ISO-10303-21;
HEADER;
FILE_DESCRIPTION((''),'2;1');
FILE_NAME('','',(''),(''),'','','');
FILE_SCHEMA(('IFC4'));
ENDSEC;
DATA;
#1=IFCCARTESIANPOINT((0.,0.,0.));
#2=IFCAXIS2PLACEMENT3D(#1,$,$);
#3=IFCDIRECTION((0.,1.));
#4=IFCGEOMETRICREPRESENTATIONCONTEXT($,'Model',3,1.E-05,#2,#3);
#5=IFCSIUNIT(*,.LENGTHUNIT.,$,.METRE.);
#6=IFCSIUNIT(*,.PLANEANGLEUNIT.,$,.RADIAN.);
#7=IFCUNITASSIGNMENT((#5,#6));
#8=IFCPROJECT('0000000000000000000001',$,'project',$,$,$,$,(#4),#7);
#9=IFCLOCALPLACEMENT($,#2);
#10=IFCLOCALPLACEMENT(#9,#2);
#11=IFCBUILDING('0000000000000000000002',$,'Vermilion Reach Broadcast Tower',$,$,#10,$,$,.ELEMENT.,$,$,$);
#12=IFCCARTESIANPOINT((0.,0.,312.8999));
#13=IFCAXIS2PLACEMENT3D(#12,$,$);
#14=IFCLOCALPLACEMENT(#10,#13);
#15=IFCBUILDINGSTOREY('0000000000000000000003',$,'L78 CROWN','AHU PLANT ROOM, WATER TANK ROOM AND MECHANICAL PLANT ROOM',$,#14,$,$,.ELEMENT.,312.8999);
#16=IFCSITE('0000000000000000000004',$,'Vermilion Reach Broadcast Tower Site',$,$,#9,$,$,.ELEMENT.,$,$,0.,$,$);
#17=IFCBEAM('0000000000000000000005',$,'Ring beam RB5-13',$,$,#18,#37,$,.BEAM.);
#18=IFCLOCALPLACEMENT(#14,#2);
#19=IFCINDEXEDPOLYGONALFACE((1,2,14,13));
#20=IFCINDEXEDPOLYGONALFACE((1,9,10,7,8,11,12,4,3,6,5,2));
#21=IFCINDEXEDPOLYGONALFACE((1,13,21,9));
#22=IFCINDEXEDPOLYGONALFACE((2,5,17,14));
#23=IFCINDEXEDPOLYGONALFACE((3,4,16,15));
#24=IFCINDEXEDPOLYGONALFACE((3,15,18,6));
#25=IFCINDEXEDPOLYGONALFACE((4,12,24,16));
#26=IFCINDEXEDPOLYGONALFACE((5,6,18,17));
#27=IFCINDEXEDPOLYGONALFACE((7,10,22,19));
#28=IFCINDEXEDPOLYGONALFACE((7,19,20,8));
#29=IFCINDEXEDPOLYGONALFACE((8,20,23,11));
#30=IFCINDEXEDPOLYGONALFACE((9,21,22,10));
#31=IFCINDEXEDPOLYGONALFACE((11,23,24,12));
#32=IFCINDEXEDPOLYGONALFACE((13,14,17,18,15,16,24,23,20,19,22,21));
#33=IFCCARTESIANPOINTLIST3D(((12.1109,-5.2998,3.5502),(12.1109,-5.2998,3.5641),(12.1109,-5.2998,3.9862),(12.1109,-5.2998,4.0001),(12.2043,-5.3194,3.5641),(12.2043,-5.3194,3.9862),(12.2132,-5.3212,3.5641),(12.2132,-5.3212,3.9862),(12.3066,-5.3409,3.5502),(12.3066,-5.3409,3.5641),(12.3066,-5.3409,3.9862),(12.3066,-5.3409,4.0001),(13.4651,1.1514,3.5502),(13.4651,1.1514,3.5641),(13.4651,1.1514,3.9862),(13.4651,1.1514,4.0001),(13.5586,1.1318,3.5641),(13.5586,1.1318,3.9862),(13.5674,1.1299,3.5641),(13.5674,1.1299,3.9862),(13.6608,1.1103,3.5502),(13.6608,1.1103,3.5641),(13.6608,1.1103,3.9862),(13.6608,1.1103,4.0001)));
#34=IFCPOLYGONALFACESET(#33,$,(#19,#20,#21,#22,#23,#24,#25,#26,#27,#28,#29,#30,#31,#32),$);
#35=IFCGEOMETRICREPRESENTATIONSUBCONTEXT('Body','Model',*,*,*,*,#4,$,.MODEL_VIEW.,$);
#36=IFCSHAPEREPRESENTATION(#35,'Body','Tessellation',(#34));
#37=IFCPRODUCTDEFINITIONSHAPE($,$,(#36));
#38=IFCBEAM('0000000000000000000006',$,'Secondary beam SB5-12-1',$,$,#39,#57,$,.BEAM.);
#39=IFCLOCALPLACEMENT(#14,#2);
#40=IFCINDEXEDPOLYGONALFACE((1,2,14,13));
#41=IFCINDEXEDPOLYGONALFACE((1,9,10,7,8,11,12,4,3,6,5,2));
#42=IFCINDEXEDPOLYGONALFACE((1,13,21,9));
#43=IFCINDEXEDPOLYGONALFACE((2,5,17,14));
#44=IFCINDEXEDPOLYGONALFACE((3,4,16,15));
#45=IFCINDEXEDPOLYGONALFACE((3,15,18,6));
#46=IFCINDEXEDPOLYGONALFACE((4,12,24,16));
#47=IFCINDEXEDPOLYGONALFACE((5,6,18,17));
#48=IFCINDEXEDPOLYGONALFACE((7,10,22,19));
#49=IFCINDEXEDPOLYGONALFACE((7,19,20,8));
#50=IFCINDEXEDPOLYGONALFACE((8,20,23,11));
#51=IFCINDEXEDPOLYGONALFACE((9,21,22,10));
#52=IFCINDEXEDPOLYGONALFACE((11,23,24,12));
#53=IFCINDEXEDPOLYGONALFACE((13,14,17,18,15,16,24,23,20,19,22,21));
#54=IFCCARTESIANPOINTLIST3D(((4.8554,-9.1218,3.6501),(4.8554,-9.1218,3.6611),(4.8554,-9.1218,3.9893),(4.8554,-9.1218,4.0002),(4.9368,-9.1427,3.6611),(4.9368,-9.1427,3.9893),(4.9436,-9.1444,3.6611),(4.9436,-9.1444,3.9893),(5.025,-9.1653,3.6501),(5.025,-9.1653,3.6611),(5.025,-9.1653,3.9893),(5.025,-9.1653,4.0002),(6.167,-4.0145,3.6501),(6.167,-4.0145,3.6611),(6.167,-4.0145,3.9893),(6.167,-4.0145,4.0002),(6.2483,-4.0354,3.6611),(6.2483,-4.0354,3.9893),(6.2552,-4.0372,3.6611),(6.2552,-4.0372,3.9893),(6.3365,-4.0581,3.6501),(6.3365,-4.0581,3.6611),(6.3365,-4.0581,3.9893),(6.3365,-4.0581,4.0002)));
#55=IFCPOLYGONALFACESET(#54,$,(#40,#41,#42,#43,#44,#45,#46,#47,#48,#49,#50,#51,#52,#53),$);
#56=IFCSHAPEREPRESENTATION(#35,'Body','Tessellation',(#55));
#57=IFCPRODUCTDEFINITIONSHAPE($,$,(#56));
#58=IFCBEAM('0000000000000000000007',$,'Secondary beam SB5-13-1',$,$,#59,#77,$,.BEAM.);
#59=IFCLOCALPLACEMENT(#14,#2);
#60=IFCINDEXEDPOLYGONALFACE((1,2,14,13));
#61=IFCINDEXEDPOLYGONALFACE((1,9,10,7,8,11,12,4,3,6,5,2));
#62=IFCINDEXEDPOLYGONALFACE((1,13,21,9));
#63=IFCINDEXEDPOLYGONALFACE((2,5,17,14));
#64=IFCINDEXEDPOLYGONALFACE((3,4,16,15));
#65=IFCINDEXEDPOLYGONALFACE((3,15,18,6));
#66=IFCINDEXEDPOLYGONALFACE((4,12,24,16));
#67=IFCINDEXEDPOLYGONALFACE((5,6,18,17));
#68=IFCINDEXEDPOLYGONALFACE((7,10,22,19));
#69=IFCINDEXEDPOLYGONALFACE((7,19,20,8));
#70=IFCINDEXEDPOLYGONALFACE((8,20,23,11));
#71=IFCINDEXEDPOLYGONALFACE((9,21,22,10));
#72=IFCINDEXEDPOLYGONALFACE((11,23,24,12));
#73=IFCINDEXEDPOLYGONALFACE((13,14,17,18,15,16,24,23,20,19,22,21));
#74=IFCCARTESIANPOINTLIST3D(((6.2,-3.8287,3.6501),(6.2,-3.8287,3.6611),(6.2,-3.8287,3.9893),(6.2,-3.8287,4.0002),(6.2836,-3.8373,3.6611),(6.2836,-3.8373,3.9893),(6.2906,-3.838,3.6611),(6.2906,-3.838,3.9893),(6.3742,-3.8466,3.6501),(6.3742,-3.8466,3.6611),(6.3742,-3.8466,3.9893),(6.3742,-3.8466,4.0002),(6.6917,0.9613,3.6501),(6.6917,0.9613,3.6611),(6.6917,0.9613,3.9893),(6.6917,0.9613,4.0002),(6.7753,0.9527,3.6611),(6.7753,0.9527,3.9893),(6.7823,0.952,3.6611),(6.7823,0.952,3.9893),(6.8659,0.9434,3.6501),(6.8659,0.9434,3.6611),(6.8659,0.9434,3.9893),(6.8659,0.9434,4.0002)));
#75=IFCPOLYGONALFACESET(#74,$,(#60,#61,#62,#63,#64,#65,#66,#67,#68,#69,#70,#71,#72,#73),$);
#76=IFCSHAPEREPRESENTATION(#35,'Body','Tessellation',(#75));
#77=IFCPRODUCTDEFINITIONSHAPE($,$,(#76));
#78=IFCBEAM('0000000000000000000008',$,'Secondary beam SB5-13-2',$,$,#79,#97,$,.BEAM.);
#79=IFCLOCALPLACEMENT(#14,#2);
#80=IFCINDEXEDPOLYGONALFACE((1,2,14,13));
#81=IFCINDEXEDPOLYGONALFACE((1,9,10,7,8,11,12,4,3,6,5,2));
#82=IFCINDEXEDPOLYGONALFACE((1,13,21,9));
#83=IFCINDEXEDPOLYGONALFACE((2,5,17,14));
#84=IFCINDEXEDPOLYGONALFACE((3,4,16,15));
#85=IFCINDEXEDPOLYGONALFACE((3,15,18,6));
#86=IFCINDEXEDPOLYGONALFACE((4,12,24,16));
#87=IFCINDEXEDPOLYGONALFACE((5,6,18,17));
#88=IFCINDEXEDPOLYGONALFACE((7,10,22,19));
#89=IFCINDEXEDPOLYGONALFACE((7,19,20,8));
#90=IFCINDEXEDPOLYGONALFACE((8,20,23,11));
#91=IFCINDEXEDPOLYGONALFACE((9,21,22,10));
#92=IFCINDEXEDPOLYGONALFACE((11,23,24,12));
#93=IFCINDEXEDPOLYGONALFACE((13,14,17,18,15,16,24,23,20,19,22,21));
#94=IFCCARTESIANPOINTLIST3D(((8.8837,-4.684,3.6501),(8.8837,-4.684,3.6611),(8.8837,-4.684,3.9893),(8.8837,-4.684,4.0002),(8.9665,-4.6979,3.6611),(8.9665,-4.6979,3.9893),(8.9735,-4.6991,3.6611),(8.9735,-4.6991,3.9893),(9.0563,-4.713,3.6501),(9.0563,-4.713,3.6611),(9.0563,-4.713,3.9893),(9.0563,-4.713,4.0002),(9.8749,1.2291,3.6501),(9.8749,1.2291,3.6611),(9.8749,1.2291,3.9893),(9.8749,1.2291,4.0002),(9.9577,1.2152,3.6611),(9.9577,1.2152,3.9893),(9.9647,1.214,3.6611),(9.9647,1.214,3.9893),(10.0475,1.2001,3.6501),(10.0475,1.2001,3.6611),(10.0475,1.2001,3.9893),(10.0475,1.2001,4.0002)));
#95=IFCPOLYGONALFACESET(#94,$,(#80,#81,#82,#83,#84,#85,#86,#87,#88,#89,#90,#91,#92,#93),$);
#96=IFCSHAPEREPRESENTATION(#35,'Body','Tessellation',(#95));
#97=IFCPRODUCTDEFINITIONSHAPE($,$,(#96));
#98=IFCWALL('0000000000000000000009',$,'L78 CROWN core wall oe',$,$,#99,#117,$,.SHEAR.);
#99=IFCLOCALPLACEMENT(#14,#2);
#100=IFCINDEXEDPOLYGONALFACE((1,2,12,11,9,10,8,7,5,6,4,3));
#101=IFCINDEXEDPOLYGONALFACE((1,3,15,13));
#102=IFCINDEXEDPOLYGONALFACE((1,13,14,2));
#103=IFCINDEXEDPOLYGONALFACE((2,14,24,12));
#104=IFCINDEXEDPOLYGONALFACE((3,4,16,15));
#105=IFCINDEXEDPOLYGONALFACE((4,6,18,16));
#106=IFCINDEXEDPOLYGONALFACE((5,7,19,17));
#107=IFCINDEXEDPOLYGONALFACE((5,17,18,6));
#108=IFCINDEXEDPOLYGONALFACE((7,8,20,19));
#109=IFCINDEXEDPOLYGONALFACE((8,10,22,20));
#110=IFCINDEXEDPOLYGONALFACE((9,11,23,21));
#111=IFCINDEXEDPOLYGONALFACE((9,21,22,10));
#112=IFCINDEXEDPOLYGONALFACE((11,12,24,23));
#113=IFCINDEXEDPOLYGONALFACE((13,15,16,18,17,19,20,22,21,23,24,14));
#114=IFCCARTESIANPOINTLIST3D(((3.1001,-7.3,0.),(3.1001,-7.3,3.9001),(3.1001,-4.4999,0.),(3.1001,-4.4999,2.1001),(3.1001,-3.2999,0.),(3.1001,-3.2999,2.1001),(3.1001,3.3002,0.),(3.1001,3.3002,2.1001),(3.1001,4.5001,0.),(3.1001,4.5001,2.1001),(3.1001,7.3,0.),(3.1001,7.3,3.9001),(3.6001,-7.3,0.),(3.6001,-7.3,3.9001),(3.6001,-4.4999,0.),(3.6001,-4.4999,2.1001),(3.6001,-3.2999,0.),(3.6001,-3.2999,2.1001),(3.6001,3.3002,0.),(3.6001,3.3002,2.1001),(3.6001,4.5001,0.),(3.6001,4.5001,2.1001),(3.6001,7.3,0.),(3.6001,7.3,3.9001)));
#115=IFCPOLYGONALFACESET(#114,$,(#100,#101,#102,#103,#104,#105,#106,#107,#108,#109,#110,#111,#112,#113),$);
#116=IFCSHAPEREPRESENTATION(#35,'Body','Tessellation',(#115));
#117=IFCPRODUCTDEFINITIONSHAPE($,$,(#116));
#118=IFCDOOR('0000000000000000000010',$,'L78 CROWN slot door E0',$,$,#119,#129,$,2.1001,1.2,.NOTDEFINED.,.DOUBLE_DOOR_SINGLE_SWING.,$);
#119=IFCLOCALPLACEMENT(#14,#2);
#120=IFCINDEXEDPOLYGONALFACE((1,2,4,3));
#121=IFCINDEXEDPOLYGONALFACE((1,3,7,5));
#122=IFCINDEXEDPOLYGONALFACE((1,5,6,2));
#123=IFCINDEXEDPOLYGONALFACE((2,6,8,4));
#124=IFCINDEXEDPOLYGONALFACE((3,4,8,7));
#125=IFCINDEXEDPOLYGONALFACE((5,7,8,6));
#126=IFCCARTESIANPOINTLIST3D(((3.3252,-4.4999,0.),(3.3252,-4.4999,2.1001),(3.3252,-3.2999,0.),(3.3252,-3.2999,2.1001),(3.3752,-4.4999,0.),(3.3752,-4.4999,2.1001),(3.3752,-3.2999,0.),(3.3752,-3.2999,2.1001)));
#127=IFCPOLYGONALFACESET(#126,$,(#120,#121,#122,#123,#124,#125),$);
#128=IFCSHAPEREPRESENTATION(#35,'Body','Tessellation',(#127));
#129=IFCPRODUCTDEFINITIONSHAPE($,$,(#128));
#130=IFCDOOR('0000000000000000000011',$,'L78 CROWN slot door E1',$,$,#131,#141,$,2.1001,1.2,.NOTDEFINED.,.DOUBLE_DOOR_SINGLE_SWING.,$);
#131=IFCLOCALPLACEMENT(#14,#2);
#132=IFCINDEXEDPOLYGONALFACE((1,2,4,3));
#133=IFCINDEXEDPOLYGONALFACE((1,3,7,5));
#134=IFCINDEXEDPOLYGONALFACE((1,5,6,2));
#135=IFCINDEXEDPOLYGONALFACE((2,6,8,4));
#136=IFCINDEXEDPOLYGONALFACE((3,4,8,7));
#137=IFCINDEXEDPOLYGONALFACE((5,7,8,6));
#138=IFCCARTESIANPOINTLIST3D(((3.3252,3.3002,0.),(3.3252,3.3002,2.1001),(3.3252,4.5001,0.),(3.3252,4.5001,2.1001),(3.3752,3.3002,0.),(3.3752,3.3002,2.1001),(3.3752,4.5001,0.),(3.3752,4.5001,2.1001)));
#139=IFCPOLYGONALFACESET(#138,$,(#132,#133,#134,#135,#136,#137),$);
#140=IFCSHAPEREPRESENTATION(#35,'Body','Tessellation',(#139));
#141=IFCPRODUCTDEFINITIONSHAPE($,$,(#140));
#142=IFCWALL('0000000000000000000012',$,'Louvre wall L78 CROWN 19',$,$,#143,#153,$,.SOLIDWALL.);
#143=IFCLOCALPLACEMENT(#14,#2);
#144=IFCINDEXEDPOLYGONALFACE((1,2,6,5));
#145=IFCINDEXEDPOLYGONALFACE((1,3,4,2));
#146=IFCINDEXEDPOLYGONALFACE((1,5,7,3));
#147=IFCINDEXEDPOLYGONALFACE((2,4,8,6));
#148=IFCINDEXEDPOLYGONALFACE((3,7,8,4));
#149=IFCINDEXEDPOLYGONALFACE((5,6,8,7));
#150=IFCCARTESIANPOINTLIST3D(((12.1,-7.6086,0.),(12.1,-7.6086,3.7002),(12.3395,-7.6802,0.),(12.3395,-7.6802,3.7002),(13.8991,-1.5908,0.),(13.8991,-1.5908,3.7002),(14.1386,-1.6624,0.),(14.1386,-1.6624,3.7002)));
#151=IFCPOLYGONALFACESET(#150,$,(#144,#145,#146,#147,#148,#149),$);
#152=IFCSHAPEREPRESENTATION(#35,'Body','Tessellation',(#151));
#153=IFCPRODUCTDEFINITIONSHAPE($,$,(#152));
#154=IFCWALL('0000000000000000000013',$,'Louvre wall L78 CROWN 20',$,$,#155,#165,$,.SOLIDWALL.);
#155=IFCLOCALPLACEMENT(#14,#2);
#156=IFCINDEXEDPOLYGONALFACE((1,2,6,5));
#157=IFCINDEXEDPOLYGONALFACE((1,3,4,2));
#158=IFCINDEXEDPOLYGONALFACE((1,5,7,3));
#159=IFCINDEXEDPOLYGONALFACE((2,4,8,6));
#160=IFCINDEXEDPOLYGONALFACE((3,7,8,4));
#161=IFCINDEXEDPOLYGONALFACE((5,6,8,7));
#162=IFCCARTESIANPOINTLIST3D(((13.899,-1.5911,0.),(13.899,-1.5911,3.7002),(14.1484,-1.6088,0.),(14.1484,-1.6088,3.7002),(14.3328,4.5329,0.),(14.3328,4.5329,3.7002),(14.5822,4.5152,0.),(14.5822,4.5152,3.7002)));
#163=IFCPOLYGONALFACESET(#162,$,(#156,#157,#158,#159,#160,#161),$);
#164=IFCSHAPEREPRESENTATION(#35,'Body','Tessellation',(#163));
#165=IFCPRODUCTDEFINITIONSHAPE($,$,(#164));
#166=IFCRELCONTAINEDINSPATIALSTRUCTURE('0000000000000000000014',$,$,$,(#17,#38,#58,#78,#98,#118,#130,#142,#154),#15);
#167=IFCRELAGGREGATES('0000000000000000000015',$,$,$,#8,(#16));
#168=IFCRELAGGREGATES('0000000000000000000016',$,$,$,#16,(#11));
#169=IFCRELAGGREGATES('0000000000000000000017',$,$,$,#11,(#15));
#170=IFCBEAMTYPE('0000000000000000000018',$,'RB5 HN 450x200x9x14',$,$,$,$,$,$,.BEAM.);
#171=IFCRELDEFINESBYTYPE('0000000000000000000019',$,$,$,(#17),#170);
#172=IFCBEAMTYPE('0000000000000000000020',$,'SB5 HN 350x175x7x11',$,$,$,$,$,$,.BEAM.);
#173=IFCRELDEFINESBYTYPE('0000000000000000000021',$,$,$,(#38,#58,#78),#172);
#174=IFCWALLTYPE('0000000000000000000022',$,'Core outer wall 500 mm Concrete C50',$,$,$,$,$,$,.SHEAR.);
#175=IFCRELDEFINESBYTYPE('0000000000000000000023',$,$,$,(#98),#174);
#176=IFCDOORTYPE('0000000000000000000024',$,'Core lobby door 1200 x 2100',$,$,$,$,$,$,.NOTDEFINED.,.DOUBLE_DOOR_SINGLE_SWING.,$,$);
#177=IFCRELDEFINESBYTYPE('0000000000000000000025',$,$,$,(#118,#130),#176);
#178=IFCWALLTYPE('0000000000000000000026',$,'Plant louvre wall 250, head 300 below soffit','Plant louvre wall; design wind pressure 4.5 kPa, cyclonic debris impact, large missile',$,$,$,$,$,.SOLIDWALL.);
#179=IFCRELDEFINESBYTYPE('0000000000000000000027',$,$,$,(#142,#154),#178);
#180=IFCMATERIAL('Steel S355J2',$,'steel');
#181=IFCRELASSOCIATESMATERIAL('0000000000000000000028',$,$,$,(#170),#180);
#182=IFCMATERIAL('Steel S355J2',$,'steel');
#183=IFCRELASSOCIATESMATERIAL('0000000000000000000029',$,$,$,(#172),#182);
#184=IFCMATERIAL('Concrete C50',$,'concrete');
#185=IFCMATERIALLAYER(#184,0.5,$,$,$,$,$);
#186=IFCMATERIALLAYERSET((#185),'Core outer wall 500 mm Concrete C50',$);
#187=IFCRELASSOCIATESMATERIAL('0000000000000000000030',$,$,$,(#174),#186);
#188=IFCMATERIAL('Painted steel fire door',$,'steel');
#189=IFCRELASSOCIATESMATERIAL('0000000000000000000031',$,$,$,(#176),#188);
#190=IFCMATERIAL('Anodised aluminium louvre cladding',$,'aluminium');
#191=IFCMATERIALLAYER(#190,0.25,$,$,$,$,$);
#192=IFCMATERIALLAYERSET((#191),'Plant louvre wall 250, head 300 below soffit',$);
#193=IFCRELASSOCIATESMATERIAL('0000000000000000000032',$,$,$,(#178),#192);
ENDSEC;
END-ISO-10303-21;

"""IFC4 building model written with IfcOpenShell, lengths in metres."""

from ifc_helpers import new_model, si_unit, direction, frame, frame_2d, origin, origin_2d, place, context, subcontext, project, spatial, rectangle, i_section, extrude, material, layer, layer_set, material_profile, profile_set, type_object, element, fill, save


model = new_model("IFC4")

# Units and contexts
model_context = context("Model", 3, precision=1e-05, world=origin(), true_north=direction((0.0, 1.0)))
body_context = subcontext(model_context, "Body", "Model", "MODEL_VIEW")
ifc_project = project(units=[si_unit("LENGTHUNIT", "METRE"), si_unit("PLANEANGLEUNIT", "RADIAN")], contexts=[model_context])

# Site, building, storey
site_placement = place(None, origin())
site = spatial("IfcSite", under=ifc_project, at=site_placement, Name="Vermilion Reach Broadcast Tower Site", CompositionType="ELEMENT", RefElevation=0.0)
building_placement = place(site_placement, origin())
building = spatial("IfcBuilding", under=site, at=building_placement, Name="Vermilion Reach Broadcast Tower", CompositionType="ELEMENT")
storey_placement = place(building_placement, frame((0.0, 0.0, 312.8999)))
storey = spatial("IfcBuildingStorey", under=building, at=storey_placement, Name="L78 CROWN", Description="AHU PLANT ROOM, WATER TANK ROOM AND MECHANICAL PLANT ROOM", CompositionType="ELEMENT", Elevation=312.8999)

# Beams
ifc_material_1 = material(Name="Steel S355J2", Category="steel")
ifc_material_profile_1 = material_profile(ifc_material_1, i_section(OverallWidth=0.2, OverallDepth=0.45, WebThickness=0.009, FlangeThickness=0.0139, at=origin_2d()), Name="S355J2 HN 450x200x9x14")
ifc_profile_set_1 = profile_set([ifc_material_profile_1], Name="Steel S355J2")
beam_type_1 = type_object("IfcBeamType", Name="RB5 HN 450x200x9x14", PredefinedType="BEAM", material=ifc_profile_set_1)
beam_1_placement = place(storey_placement, frame((12.2087, -5.3203, 3.7751), z_axis=(0.205445, 0.978669, 0.0), x_axis=(-0.978669, 0.205445, 0.0)))
element("IfcBeam", 1, at=beam_1_placement, inside=storey, type_object=beam_type_1, Name="Ring beam RB5-13", PredefinedType="BEAM", context=body_context, shape_type="SweptSolid", body=[
    extrude(i_section(OverallWidth=0.2, OverallDepth=0.45, WebThickness=0.009, FlangeThickness=0.0139, at=origin_2d()), origin(), (0.0, 0.0, 1.0), 6.5918),
])
ifc_material_2 = material(Name="Steel S355J2", Category="steel")
ifc_material_profile_2 = material_profile(ifc_material_2, i_section(OverallWidth=0.175, OverallDepth=0.3501, WebThickness=0.0071, FlangeThickness=0.011, at=origin_2d()), Name="S355J2 HN 350x175x7x11")
ifc_profile_set_2 = profile_set([ifc_material_profile_2], Name="Steel S355J2")
beam_type_2 = type_object("IfcBeamType", Name="SB5 HN 350x175x7x11", PredefinedType="BEAM", material=ifc_profile_set_2)
beam_2_placement = place(storey_placement, frame((4.9402, -9.1436, 3.8252), z_axis=(0.24873, 0.968573, 0.0), x_axis=(-0.968573, 0.24873, 0.0)))
element("IfcBeam", 2, at=beam_2_placement, inside=storey, type_object=beam_type_2, Name="Secondary beam SB5-12-1", PredefinedType="BEAM", context=body_context, shape_type="SweptSolid", body=[
    extrude(i_section(OverallWidth=0.175, OverallDepth=0.3501, WebThickness=0.0071, FlangeThickness=0.011, at=origin_2d()), origin(), (0.0, 0.0, 1.0), 5.2729),
])
beam_3_placement = place(storey_placement, frame((6.2871, -3.8376, 3.8252), z_axis=(0.102114, 0.994773, 0.0), x_axis=(-0.994773, 0.102114, 0.0)))
element("IfcBeam", 3, at=beam_3_placement, inside=storey, type_object=beam_type_2, Name="Secondary beam SB5-13-1", PredefinedType="BEAM", context=body_context, shape_type="SweptSolid", body=[
    extrude(i_section(OverallWidth=0.175, OverallDepth=0.3501, WebThickness=0.0071, FlangeThickness=0.011, at=origin_2d()), origin(), (0.0, 0.0, 1.0), 4.8152),
])
beam_4_placement = place(storey_placement, frame((8.97, -4.6985, 3.8252), z_axis=(0.165323, 0.986239, 0.0), x_axis=(-0.986239, 0.165323, 0.0)))
element("IfcBeam", 4, at=beam_4_placement, inside=storey, type_object=beam_type_2, Name="Secondary beam SB5-13-2", PredefinedType="BEAM", context=body_context, shape_type="SweptSolid", body=[
    extrude(i_section(OverallWidth=0.175, OverallDepth=0.3501, WebThickness=0.0071, FlangeThickness=0.011, at=origin_2d()), origin(), (0.0, 0.0, 1.0), 5.9956),
])

# Wall, openings, doors
ifc_material_3 = material(Name="Concrete C50", Category="concrete")
ifc_layer_1 = layer(ifc_material_3, 0.5)
ifc_layer_set_1 = layer_set([ifc_layer_1], Name="Core outer wall 500 mm Concrete C50")
wall_type_1 = type_object("IfcWallType", Name="Core outer wall 500 mm Concrete C50", PredefinedType="SHEAR", material=ifc_layer_set_1)
wall_1_placement = place(storey_placement, frame((3.3501, -7.3, 0.0), z_axis=(0.0, 0.0, 1.0), x_axis=(0.0, 1.0, 0.0)))
wall_1 = element("IfcWall", 5, at=wall_1_placement, inside=storey, type_object=wall_type_1, Name="L78 CROWN core wall oe", PredefinedType="SHEAR", context=body_context, shape_type="SweptSolid", body=[
    extrude(rectangle(XDim=14.6001, YDim=0.5, at=frame_2d((7.3, 0.0))), origin(), (0.0, 0.0, 1.0), 3.9001),
])
opening_1_placement = place(wall_1_placement, frame((2.8, 0.0, 0.0)))
opening_1 = element("IfcOpeningElement", 6, at=opening_1_placement, cuts=wall_1, PredefinedType="OPENING", context=body_context, shape_type="SweptSolid", body=[
    extrude(rectangle(XDim=1.2, YDim=2.1001, at=frame_2d((0.6001, 1.05))), frame((0.0, 0.26, 0.0), z_axis=(0.0, -1.0, 0.0), x_axis=(1.0, 0.0, 0.0)), (0.0, 0.0, 1.0), 0.52),
])
opening_2_placement = place(wall_1_placement, frame((10.6001, 0.0, 0.0)))
opening_2 = element("IfcOpeningElement", 7, at=opening_2_placement, cuts=wall_1, PredefinedType="OPENING", context=body_context, shape_type="SweptSolid", body=[
    extrude(rectangle(XDim=1.2, YDim=2.1001, at=frame_2d((0.6001, 1.05))), frame((0.0, 0.26, 0.0), z_axis=(0.0, -1.0, 0.0), x_axis=(1.0, 0.0, 0.0)), (0.0, 0.0, 1.0), 0.52),
])
ifc_material_4 = material(Name="Painted steel fire door", Category="steel")
door_type = type_object("IfcDoorType", Name="Core lobby door 1200 x 2100", OperationType="DOUBLE_DOOR_SINGLE_SWING", PredefinedType="NOTDEFINED", material=ifc_material_4)
door_1_placement = place(opening_1_placement, origin())
door_1 = element("IfcDoor", 8, at=door_1_placement, inside=storey, type_object=door_type, Name="L78 CROWN slot door E0", OperationType="DOUBLE_DOOR_SINGLE_SWING", OverallHeight=2.1001, OverallWidth=1.2, PredefinedType="NOTDEFINED", context=body_context, shape_type="SweptSolid", body=[
    extrude(rectangle(XDim=1.2, YDim=2.1001, at=frame_2d((0.6001, 1.05))), frame((0.0, 0.0249, 0.0), z_axis=(0.0, -1.0, 0.0), x_axis=(1.0, 0.0, 0.0)), (0.0, 0.0, 1.0), 0.05),
])
fill(opening_1, door_1)
door_2_placement = place(opening_2_placement, origin())
door_2 = element("IfcDoor", 9, at=door_2_placement, inside=storey, type_object=door_type, Name="L78 CROWN slot door E1", OperationType="DOUBLE_DOOR_SINGLE_SWING", OverallHeight=2.1001, OverallWidth=1.2, PredefinedType="NOTDEFINED", context=body_context, shape_type="SweptSolid", body=[
    extrude(rectangle(XDim=1.2, YDim=2.1001, at=frame_2d((0.6001, 1.05))), frame((0.0, 0.0249, 0.0), z_axis=(0.0, -1.0, 0.0), x_axis=(1.0, 0.0, 0.0)), (0.0, 0.0, 1.0), 0.05),
])
fill(opening_2, door_2)

# Walls
ifc_material_5 = material(Name="Anodised aluminium louvre cladding", Category="aluminium")
ifc_layer_2 = layer(ifc_material_5, 0.25)
ifc_layer_set_2 = layer_set([ifc_layer_2], Name="Plant louvre wall 250, head 300 below soffit")
wall_type_2 = type_object("IfcWallType", Name="Plant louvre wall 250, head 300 below soffit", Description="Plant louvre wall; design wind pressure 4.5 kPa, cyclonic debris impact, large missile", PredefinedType="SOLIDWALL", material=ifc_layer_set_2)
wall_2_placement = place(storey_placement, frame((12.2197, -7.6445, 0.0), z_axis=(0.0, 0.0, 1.0), x_axis=(0.286431, 0.958101, 0.0)))
element("IfcWall", 10, at=wall_2_placement, inside=storey, type_object=wall_type_2, Name="Louvre wall L78 CROWN 19", PredefinedType="SOLIDWALL", context=body_context, shape_type="SweptSolid", body=[
    extrude(rectangle(XDim=6.281, YDim=0.25, at=frame_2d((3.1406, 0.0))), origin(), (0.0, 0.0, 1.0), 3.7002),
])
wall_3_placement = place(storey_placement, frame((14.0237, -1.6001, 0.0), z_axis=(0.0, 0.0, 1.0), x_axis=(0.070665, 0.9975, 0.0)))
element("IfcWall", 11, at=wall_3_placement, inside=storey, type_object=wall_type_2, Name="Louvre wall L78 CROWN 20", PredefinedType="SOLIDWALL", context=body_context, shape_type="SweptSolid", body=[
    extrude(rectangle(XDim=6.1394, YDim=0.25, at=frame_2d((3.0698, 0.0))), origin(), (0.0, 0.0, 1.0), 3.7002),
])

save(model, "model.ifc")
